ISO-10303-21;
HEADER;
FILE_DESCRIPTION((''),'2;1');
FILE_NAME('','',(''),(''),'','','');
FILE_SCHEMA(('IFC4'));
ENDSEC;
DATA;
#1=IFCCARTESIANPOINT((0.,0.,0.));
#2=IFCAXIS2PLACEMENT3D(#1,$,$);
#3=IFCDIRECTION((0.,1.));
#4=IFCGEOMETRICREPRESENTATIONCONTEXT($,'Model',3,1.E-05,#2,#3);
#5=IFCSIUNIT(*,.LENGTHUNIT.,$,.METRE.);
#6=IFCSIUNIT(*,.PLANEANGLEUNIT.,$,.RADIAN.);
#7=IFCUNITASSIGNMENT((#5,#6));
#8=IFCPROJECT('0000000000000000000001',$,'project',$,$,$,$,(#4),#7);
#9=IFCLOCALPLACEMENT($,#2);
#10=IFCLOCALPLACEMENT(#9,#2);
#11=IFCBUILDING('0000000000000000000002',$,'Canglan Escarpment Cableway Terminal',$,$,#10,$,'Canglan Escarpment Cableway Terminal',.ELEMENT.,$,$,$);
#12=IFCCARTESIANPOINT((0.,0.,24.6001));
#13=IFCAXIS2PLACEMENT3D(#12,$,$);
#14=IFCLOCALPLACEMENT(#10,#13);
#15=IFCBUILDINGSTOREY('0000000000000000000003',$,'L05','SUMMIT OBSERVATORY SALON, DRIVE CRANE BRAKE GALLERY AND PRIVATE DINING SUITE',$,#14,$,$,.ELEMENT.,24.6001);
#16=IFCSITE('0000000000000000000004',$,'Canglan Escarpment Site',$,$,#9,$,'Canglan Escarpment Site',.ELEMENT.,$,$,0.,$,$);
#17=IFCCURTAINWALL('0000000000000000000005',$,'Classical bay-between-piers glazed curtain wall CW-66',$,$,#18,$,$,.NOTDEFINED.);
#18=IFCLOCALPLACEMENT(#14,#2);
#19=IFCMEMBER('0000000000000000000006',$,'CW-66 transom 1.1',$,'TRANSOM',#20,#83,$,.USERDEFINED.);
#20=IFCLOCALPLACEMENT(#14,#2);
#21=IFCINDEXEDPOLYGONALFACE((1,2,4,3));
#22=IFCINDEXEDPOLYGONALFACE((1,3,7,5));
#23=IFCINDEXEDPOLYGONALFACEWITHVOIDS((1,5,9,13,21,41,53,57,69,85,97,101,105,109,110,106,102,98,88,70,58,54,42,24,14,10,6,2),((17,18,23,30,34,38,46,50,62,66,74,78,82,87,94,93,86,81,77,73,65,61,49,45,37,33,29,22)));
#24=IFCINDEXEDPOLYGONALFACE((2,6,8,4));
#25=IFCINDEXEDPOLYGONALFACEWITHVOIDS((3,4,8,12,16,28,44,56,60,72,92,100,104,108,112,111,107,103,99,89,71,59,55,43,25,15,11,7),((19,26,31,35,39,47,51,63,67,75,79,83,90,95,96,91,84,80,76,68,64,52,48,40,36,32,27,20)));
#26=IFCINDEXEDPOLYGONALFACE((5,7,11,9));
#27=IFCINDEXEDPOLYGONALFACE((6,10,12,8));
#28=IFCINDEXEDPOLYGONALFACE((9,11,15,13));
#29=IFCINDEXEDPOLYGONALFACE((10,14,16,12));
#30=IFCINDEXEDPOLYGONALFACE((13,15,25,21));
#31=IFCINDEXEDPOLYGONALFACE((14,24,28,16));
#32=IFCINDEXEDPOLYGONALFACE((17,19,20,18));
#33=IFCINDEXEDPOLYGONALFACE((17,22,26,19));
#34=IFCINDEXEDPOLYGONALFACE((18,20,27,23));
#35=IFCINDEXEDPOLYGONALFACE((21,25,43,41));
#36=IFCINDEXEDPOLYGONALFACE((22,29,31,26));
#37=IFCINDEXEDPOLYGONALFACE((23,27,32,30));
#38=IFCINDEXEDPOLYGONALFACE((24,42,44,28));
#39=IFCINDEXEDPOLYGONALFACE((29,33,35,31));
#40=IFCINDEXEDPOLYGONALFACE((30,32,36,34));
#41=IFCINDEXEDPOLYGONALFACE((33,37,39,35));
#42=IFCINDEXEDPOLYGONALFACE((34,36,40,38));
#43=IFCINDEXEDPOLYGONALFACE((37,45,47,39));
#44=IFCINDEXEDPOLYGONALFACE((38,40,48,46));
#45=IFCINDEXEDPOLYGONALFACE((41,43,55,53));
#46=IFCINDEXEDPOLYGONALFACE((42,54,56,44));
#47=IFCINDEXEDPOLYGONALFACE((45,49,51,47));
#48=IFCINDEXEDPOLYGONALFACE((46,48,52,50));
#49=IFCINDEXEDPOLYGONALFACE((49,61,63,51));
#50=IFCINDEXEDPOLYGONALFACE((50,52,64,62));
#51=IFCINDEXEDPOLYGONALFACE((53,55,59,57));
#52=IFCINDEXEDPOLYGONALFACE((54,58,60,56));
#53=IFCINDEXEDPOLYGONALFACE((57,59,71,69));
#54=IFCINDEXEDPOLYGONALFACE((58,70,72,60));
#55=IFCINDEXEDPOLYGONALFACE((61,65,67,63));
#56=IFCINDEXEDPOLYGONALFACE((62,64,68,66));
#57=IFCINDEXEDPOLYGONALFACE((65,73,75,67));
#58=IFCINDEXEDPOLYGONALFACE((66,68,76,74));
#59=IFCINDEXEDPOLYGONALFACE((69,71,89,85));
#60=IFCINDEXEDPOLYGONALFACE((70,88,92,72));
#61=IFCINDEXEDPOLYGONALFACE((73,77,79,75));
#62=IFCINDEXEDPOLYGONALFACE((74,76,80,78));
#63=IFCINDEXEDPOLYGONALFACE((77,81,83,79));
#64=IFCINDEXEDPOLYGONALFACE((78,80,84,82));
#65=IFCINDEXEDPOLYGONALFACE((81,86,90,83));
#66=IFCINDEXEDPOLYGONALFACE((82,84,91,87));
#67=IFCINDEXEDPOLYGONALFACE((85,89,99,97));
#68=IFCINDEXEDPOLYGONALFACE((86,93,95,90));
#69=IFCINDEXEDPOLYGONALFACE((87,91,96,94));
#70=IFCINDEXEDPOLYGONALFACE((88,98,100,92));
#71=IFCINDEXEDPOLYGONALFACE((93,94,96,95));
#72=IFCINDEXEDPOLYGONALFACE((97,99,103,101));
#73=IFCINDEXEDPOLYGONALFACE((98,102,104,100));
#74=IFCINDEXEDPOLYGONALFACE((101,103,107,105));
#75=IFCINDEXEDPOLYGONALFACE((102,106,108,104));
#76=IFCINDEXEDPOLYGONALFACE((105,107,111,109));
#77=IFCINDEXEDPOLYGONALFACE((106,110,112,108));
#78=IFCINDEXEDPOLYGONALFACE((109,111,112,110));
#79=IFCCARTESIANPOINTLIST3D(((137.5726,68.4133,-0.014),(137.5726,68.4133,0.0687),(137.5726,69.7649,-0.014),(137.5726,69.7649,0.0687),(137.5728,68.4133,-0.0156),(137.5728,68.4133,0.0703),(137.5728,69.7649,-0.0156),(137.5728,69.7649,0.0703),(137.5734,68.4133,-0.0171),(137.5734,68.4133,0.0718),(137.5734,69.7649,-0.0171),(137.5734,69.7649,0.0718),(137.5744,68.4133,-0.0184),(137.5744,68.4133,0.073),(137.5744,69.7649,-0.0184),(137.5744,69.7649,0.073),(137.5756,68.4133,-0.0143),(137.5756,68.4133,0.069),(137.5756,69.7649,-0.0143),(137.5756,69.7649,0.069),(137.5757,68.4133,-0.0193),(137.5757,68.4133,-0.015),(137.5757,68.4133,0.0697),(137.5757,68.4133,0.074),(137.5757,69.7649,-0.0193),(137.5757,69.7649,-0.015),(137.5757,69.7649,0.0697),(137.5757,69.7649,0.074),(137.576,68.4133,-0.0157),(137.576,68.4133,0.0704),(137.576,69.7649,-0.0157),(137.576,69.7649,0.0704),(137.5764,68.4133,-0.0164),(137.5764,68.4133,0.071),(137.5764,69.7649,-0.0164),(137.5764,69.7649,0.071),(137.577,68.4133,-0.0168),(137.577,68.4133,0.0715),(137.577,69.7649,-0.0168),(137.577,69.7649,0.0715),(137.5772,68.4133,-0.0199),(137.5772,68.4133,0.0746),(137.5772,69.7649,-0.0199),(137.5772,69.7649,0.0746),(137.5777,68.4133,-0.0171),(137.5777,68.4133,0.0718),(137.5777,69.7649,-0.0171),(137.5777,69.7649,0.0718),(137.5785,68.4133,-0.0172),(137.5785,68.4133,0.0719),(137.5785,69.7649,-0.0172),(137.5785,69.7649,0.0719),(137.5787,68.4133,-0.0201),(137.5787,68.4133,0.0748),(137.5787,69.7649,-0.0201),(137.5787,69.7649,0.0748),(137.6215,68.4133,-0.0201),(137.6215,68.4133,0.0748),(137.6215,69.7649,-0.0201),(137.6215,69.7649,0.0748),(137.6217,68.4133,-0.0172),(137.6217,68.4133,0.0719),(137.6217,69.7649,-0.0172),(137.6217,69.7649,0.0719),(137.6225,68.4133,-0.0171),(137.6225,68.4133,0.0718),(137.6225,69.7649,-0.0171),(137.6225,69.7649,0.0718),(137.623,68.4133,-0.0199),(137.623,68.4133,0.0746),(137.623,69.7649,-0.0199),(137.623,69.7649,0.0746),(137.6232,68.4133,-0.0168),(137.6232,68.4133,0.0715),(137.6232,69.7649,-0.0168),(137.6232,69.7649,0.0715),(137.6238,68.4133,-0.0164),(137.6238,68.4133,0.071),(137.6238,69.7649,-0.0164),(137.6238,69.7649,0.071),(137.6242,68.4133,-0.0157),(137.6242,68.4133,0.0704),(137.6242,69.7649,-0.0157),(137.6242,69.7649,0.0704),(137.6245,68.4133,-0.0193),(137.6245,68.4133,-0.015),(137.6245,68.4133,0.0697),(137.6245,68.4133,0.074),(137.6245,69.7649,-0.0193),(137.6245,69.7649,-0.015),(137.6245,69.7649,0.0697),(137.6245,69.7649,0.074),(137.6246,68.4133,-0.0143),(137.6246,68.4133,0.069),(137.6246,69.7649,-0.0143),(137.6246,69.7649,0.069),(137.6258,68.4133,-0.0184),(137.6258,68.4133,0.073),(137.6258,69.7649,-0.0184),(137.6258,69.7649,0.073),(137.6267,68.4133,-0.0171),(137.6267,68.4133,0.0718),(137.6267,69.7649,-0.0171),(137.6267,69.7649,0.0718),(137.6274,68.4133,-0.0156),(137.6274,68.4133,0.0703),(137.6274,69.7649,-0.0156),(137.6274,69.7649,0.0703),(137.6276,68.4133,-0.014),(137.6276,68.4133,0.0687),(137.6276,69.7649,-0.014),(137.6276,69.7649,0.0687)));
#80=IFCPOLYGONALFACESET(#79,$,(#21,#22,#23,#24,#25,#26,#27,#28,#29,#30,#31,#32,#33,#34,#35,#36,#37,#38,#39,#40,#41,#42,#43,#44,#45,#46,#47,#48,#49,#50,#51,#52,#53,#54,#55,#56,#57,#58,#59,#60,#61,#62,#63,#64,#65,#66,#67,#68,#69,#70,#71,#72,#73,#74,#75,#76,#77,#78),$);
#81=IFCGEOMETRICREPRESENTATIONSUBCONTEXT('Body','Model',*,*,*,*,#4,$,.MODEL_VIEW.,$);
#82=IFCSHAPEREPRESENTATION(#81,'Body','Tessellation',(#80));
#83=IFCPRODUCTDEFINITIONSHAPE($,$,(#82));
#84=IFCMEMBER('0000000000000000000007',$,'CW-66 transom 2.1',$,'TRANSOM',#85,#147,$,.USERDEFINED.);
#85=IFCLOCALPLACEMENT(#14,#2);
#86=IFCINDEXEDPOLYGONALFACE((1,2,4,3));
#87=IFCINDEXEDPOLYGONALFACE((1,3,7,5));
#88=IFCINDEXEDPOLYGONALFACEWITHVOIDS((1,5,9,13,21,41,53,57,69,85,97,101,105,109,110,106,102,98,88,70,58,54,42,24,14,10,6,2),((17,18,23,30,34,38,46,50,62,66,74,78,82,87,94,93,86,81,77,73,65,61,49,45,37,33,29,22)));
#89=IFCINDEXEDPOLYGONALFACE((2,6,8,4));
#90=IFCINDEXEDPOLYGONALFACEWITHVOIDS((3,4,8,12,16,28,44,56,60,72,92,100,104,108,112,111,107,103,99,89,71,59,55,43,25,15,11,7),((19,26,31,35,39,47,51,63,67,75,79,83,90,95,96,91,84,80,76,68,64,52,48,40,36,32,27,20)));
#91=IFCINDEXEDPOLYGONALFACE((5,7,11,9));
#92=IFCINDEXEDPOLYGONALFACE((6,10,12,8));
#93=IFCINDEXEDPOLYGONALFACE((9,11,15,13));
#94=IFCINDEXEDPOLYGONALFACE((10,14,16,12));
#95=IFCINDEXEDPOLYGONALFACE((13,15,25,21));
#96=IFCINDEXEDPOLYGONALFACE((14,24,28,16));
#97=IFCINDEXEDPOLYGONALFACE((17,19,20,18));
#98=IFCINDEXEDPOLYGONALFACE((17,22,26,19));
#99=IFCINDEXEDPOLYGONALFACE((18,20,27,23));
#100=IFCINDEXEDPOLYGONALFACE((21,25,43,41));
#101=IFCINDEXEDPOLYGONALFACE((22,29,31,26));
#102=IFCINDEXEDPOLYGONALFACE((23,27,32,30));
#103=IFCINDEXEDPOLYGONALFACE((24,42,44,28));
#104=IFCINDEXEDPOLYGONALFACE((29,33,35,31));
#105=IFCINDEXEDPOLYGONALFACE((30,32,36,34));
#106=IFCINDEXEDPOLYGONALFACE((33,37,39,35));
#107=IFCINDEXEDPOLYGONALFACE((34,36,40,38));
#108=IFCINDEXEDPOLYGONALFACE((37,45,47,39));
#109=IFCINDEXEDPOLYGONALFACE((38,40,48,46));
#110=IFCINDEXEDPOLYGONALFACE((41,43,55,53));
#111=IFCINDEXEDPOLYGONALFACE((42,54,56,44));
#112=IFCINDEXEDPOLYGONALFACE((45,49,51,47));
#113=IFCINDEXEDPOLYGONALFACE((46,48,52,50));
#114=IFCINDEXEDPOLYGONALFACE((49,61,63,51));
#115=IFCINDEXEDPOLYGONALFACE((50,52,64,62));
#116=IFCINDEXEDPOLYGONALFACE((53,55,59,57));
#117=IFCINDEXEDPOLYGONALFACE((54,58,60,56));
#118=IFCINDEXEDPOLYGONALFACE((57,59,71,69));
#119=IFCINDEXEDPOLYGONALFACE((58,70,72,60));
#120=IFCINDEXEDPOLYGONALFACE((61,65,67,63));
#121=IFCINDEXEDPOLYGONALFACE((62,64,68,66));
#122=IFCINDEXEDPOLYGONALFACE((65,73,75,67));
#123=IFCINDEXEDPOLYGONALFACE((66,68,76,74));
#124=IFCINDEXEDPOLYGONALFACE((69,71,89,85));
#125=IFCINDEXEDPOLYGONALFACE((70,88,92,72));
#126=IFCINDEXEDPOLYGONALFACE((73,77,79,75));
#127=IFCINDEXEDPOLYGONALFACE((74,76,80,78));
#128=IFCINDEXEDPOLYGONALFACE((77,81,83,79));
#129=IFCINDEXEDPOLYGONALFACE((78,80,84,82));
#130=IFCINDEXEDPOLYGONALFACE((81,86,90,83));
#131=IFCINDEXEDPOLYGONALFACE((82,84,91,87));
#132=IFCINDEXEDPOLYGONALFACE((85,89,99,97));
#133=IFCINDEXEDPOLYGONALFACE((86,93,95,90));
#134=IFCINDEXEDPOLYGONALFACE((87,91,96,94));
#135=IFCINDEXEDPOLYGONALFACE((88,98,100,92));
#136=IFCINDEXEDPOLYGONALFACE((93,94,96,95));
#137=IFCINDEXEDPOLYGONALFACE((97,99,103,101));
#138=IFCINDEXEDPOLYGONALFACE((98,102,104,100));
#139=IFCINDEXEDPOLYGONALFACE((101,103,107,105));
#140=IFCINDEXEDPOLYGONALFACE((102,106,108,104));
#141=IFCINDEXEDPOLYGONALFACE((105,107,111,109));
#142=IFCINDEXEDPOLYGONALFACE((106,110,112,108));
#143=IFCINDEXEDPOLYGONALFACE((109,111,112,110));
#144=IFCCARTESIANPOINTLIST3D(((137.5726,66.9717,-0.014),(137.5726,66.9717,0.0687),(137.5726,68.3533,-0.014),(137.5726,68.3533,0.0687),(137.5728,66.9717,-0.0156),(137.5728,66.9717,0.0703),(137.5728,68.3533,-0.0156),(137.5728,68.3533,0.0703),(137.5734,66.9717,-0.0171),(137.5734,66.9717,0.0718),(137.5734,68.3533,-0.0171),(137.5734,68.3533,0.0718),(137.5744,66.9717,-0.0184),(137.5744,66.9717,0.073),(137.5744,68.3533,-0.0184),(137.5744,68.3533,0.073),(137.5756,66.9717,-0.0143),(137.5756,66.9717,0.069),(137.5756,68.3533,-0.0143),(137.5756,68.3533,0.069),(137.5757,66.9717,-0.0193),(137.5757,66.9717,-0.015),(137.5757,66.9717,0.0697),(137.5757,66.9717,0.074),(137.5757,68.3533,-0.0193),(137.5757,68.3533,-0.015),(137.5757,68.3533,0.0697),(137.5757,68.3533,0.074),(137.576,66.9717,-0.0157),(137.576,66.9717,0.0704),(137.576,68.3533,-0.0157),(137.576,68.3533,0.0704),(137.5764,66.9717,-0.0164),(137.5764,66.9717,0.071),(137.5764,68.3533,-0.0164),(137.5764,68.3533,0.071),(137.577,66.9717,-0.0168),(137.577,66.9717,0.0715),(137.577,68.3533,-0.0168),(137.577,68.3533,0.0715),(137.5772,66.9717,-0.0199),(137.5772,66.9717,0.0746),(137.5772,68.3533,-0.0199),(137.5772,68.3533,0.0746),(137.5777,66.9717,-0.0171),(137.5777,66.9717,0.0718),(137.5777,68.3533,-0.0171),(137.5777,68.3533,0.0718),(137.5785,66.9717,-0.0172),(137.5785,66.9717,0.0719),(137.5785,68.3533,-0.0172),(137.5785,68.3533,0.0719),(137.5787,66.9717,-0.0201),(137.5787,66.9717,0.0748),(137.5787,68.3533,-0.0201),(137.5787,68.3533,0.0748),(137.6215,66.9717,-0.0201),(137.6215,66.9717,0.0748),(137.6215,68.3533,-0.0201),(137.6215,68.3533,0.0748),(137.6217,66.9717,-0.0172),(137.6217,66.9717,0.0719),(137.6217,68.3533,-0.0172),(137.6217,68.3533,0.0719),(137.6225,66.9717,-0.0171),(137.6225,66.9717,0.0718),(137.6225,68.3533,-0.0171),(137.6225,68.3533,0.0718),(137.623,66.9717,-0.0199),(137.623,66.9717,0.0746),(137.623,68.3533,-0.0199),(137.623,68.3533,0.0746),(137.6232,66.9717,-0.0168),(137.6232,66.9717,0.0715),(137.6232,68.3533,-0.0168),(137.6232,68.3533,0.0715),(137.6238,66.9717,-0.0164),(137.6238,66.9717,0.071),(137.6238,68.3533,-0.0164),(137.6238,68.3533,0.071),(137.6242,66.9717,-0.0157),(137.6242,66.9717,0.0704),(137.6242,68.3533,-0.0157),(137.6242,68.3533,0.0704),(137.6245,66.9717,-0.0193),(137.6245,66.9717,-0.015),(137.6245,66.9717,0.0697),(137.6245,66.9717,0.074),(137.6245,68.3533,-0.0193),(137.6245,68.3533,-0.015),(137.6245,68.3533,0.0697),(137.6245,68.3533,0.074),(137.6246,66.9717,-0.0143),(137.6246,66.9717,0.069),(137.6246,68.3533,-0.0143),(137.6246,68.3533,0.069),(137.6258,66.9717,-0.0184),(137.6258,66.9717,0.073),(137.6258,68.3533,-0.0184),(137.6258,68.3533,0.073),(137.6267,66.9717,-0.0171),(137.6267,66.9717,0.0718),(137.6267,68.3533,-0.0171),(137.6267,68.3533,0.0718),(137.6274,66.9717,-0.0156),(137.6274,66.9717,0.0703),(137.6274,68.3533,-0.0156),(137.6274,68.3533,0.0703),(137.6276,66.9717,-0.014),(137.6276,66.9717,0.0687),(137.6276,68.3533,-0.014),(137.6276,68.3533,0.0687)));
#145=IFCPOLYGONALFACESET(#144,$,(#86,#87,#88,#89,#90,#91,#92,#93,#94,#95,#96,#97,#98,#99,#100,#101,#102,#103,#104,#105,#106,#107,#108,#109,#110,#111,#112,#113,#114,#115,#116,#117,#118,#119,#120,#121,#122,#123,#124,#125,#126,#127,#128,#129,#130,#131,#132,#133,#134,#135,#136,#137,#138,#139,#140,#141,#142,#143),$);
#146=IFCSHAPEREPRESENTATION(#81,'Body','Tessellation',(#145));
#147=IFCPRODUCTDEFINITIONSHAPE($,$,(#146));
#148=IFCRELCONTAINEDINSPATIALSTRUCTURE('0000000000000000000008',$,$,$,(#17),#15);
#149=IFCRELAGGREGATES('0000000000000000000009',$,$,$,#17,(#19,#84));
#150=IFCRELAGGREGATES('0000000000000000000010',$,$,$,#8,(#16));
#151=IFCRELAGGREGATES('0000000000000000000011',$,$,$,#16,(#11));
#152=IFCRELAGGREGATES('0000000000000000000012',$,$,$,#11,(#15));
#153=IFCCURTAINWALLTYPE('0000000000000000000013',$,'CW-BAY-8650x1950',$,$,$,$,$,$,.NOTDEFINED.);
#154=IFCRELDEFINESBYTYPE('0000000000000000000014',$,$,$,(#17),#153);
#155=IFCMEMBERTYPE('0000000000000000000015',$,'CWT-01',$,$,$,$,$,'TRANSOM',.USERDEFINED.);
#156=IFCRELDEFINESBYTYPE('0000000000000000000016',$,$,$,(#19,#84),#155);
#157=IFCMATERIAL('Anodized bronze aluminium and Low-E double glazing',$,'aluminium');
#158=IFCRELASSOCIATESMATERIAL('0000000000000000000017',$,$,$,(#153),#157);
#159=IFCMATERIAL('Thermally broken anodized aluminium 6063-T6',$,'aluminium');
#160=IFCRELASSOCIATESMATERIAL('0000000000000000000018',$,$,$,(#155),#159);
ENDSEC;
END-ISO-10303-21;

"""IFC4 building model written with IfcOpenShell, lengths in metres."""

from ifc_helpers import new_model, si_unit, direction, frame, origin, origin_2d, place, context, subcontext, project, spatial, hollow_rectangle, extrude, material, material_profile, profile_set, type_object, element, aggregate, save


model = new_model("IFC4")

# Units and contexts
model_context = context("Model", 3, precision=1e-05, world=origin(), true_north=direction((0.0, 1.0)))
body_context = subcontext(model_context, "Body", "Model", "MODEL_VIEW")
ifc_project = project(units=[si_unit("LENGTHUNIT", "METRE"), si_unit("PLANEANGLEUNIT", "RADIAN")], contexts=[model_context])

# Site, building, storey
site_placement = place(None, origin())
site = spatial("IfcSite", under=ifc_project, at=site_placement, Name="Canglan Escarpment Site", LongName="Canglan Escarpment Site", CompositionType="ELEMENT", RefElevation=0.0)
building_placement = place(site_placement, origin())
building = spatial("IfcBuilding", under=site, at=building_placement, Name="Canglan Escarpment Cableway Terminal", LongName="Canglan Escarpment Cableway Terminal", CompositionType="ELEMENT")
storey_placement = place(building_placement, frame((0.0, 0.0, 24.6001)))
storey = spatial("IfcBuildingStorey", under=building, at=storey_placement, Name="L05", Description="SUMMIT OBSERVATORY SALON, DRIVE CRANE BRAKE GALLERY AND PRIVATE DINING SUITE", CompositionType="ELEMENT", Elevation=24.6001)

# Curtain wall, members
ifc_material_1 = material(Name="Anodized bronze aluminium and Low-E double glazing", Category="aluminium")
curtain_wall_type = type_object("IfcCurtainWallType", Name="CW-BAY-8650x1950", PredefinedType="NOTDEFINED", material=ifc_material_1)
curtain_wall_placement = place(storey_placement, origin())
curtain_wall = element("IfcCurtainWall", 1, at=curtain_wall_placement, inside=storey, type_object=curtain_wall_type, Name="Classical bay-between-piers glazed curtain wall CW-66", PredefinedType="NOTDEFINED")
ifc_material_2 = material(Name="Thermally broken anodized aluminium 6063-T6", Category="aluminium")
ifc_material_profile_1 = material_profile(ifc_material_2, hollow_rectangle(XDim=0.0549, YDim=0.095, WallThickness=0.0029, InnerFilletRadius=0.0029, OuterFilletRadius=0.0061, at=origin_2d()), Name="ALU-TRAN 55x95x3")
ifc_profile_set_1 = profile_set([ifc_material_profile_1], Name="Thermally broken anodized aluminium 6063-T6")
member_type_1 = type_object("IfcMemberType", Name="CWT-01", ElementType="TRANSOM", PredefinedType="USERDEFINED", material=ifc_profile_set_1)
member_1_placement = place(storey_placement, frame((137.6001, 69.7649, 0.0273), z_axis=(0.0, -1.0, 0.0), x_axis=(1.0, 0.0, 0.0)))
member_1 = element("IfcMember", 2, at=member_1_placement, type_object=member_type_1, Name="CW-66 transom 1.1", ObjectType="TRANSOM", PredefinedType="USERDEFINED", context=body_context, shape_type="SweptSolid", body=[
    extrude(hollow_rectangle(XDim=0.0549, YDim=0.095, WallThickness=0.0029, InnerFilletRadius=0.0029, OuterFilletRadius=0.0061, at=origin_2d()), origin(), (0.0, 0.0, 1.0), 1.3516),
])
member_2_placement = place(storey_placement, frame((137.6001, 68.3533, 0.0273), z_axis=(0.0, -1.0, 0.0), x_axis=(1.0, 0.0, 0.0)))
member_2 = element("IfcMember", 3, at=member_2_placement, type_object=member_type_1, Name="CW-66 transom 2.1", ObjectType="TRANSOM", PredefinedType="USERDEFINED", context=body_context, shape_type="SweptSolid", body=[
    extrude(hollow_rectangle(XDim=0.0549, YDim=0.095, WallThickness=0.0029, InnerFilletRadius=0.0029, OuterFilletRadius=0.0061, at=origin_2d()), origin(), (0.0, 0.0, 1.0), 1.3816),
])
aggregate(curtain_wall, [member_1, member_2])

save(model, "model.ifc")
